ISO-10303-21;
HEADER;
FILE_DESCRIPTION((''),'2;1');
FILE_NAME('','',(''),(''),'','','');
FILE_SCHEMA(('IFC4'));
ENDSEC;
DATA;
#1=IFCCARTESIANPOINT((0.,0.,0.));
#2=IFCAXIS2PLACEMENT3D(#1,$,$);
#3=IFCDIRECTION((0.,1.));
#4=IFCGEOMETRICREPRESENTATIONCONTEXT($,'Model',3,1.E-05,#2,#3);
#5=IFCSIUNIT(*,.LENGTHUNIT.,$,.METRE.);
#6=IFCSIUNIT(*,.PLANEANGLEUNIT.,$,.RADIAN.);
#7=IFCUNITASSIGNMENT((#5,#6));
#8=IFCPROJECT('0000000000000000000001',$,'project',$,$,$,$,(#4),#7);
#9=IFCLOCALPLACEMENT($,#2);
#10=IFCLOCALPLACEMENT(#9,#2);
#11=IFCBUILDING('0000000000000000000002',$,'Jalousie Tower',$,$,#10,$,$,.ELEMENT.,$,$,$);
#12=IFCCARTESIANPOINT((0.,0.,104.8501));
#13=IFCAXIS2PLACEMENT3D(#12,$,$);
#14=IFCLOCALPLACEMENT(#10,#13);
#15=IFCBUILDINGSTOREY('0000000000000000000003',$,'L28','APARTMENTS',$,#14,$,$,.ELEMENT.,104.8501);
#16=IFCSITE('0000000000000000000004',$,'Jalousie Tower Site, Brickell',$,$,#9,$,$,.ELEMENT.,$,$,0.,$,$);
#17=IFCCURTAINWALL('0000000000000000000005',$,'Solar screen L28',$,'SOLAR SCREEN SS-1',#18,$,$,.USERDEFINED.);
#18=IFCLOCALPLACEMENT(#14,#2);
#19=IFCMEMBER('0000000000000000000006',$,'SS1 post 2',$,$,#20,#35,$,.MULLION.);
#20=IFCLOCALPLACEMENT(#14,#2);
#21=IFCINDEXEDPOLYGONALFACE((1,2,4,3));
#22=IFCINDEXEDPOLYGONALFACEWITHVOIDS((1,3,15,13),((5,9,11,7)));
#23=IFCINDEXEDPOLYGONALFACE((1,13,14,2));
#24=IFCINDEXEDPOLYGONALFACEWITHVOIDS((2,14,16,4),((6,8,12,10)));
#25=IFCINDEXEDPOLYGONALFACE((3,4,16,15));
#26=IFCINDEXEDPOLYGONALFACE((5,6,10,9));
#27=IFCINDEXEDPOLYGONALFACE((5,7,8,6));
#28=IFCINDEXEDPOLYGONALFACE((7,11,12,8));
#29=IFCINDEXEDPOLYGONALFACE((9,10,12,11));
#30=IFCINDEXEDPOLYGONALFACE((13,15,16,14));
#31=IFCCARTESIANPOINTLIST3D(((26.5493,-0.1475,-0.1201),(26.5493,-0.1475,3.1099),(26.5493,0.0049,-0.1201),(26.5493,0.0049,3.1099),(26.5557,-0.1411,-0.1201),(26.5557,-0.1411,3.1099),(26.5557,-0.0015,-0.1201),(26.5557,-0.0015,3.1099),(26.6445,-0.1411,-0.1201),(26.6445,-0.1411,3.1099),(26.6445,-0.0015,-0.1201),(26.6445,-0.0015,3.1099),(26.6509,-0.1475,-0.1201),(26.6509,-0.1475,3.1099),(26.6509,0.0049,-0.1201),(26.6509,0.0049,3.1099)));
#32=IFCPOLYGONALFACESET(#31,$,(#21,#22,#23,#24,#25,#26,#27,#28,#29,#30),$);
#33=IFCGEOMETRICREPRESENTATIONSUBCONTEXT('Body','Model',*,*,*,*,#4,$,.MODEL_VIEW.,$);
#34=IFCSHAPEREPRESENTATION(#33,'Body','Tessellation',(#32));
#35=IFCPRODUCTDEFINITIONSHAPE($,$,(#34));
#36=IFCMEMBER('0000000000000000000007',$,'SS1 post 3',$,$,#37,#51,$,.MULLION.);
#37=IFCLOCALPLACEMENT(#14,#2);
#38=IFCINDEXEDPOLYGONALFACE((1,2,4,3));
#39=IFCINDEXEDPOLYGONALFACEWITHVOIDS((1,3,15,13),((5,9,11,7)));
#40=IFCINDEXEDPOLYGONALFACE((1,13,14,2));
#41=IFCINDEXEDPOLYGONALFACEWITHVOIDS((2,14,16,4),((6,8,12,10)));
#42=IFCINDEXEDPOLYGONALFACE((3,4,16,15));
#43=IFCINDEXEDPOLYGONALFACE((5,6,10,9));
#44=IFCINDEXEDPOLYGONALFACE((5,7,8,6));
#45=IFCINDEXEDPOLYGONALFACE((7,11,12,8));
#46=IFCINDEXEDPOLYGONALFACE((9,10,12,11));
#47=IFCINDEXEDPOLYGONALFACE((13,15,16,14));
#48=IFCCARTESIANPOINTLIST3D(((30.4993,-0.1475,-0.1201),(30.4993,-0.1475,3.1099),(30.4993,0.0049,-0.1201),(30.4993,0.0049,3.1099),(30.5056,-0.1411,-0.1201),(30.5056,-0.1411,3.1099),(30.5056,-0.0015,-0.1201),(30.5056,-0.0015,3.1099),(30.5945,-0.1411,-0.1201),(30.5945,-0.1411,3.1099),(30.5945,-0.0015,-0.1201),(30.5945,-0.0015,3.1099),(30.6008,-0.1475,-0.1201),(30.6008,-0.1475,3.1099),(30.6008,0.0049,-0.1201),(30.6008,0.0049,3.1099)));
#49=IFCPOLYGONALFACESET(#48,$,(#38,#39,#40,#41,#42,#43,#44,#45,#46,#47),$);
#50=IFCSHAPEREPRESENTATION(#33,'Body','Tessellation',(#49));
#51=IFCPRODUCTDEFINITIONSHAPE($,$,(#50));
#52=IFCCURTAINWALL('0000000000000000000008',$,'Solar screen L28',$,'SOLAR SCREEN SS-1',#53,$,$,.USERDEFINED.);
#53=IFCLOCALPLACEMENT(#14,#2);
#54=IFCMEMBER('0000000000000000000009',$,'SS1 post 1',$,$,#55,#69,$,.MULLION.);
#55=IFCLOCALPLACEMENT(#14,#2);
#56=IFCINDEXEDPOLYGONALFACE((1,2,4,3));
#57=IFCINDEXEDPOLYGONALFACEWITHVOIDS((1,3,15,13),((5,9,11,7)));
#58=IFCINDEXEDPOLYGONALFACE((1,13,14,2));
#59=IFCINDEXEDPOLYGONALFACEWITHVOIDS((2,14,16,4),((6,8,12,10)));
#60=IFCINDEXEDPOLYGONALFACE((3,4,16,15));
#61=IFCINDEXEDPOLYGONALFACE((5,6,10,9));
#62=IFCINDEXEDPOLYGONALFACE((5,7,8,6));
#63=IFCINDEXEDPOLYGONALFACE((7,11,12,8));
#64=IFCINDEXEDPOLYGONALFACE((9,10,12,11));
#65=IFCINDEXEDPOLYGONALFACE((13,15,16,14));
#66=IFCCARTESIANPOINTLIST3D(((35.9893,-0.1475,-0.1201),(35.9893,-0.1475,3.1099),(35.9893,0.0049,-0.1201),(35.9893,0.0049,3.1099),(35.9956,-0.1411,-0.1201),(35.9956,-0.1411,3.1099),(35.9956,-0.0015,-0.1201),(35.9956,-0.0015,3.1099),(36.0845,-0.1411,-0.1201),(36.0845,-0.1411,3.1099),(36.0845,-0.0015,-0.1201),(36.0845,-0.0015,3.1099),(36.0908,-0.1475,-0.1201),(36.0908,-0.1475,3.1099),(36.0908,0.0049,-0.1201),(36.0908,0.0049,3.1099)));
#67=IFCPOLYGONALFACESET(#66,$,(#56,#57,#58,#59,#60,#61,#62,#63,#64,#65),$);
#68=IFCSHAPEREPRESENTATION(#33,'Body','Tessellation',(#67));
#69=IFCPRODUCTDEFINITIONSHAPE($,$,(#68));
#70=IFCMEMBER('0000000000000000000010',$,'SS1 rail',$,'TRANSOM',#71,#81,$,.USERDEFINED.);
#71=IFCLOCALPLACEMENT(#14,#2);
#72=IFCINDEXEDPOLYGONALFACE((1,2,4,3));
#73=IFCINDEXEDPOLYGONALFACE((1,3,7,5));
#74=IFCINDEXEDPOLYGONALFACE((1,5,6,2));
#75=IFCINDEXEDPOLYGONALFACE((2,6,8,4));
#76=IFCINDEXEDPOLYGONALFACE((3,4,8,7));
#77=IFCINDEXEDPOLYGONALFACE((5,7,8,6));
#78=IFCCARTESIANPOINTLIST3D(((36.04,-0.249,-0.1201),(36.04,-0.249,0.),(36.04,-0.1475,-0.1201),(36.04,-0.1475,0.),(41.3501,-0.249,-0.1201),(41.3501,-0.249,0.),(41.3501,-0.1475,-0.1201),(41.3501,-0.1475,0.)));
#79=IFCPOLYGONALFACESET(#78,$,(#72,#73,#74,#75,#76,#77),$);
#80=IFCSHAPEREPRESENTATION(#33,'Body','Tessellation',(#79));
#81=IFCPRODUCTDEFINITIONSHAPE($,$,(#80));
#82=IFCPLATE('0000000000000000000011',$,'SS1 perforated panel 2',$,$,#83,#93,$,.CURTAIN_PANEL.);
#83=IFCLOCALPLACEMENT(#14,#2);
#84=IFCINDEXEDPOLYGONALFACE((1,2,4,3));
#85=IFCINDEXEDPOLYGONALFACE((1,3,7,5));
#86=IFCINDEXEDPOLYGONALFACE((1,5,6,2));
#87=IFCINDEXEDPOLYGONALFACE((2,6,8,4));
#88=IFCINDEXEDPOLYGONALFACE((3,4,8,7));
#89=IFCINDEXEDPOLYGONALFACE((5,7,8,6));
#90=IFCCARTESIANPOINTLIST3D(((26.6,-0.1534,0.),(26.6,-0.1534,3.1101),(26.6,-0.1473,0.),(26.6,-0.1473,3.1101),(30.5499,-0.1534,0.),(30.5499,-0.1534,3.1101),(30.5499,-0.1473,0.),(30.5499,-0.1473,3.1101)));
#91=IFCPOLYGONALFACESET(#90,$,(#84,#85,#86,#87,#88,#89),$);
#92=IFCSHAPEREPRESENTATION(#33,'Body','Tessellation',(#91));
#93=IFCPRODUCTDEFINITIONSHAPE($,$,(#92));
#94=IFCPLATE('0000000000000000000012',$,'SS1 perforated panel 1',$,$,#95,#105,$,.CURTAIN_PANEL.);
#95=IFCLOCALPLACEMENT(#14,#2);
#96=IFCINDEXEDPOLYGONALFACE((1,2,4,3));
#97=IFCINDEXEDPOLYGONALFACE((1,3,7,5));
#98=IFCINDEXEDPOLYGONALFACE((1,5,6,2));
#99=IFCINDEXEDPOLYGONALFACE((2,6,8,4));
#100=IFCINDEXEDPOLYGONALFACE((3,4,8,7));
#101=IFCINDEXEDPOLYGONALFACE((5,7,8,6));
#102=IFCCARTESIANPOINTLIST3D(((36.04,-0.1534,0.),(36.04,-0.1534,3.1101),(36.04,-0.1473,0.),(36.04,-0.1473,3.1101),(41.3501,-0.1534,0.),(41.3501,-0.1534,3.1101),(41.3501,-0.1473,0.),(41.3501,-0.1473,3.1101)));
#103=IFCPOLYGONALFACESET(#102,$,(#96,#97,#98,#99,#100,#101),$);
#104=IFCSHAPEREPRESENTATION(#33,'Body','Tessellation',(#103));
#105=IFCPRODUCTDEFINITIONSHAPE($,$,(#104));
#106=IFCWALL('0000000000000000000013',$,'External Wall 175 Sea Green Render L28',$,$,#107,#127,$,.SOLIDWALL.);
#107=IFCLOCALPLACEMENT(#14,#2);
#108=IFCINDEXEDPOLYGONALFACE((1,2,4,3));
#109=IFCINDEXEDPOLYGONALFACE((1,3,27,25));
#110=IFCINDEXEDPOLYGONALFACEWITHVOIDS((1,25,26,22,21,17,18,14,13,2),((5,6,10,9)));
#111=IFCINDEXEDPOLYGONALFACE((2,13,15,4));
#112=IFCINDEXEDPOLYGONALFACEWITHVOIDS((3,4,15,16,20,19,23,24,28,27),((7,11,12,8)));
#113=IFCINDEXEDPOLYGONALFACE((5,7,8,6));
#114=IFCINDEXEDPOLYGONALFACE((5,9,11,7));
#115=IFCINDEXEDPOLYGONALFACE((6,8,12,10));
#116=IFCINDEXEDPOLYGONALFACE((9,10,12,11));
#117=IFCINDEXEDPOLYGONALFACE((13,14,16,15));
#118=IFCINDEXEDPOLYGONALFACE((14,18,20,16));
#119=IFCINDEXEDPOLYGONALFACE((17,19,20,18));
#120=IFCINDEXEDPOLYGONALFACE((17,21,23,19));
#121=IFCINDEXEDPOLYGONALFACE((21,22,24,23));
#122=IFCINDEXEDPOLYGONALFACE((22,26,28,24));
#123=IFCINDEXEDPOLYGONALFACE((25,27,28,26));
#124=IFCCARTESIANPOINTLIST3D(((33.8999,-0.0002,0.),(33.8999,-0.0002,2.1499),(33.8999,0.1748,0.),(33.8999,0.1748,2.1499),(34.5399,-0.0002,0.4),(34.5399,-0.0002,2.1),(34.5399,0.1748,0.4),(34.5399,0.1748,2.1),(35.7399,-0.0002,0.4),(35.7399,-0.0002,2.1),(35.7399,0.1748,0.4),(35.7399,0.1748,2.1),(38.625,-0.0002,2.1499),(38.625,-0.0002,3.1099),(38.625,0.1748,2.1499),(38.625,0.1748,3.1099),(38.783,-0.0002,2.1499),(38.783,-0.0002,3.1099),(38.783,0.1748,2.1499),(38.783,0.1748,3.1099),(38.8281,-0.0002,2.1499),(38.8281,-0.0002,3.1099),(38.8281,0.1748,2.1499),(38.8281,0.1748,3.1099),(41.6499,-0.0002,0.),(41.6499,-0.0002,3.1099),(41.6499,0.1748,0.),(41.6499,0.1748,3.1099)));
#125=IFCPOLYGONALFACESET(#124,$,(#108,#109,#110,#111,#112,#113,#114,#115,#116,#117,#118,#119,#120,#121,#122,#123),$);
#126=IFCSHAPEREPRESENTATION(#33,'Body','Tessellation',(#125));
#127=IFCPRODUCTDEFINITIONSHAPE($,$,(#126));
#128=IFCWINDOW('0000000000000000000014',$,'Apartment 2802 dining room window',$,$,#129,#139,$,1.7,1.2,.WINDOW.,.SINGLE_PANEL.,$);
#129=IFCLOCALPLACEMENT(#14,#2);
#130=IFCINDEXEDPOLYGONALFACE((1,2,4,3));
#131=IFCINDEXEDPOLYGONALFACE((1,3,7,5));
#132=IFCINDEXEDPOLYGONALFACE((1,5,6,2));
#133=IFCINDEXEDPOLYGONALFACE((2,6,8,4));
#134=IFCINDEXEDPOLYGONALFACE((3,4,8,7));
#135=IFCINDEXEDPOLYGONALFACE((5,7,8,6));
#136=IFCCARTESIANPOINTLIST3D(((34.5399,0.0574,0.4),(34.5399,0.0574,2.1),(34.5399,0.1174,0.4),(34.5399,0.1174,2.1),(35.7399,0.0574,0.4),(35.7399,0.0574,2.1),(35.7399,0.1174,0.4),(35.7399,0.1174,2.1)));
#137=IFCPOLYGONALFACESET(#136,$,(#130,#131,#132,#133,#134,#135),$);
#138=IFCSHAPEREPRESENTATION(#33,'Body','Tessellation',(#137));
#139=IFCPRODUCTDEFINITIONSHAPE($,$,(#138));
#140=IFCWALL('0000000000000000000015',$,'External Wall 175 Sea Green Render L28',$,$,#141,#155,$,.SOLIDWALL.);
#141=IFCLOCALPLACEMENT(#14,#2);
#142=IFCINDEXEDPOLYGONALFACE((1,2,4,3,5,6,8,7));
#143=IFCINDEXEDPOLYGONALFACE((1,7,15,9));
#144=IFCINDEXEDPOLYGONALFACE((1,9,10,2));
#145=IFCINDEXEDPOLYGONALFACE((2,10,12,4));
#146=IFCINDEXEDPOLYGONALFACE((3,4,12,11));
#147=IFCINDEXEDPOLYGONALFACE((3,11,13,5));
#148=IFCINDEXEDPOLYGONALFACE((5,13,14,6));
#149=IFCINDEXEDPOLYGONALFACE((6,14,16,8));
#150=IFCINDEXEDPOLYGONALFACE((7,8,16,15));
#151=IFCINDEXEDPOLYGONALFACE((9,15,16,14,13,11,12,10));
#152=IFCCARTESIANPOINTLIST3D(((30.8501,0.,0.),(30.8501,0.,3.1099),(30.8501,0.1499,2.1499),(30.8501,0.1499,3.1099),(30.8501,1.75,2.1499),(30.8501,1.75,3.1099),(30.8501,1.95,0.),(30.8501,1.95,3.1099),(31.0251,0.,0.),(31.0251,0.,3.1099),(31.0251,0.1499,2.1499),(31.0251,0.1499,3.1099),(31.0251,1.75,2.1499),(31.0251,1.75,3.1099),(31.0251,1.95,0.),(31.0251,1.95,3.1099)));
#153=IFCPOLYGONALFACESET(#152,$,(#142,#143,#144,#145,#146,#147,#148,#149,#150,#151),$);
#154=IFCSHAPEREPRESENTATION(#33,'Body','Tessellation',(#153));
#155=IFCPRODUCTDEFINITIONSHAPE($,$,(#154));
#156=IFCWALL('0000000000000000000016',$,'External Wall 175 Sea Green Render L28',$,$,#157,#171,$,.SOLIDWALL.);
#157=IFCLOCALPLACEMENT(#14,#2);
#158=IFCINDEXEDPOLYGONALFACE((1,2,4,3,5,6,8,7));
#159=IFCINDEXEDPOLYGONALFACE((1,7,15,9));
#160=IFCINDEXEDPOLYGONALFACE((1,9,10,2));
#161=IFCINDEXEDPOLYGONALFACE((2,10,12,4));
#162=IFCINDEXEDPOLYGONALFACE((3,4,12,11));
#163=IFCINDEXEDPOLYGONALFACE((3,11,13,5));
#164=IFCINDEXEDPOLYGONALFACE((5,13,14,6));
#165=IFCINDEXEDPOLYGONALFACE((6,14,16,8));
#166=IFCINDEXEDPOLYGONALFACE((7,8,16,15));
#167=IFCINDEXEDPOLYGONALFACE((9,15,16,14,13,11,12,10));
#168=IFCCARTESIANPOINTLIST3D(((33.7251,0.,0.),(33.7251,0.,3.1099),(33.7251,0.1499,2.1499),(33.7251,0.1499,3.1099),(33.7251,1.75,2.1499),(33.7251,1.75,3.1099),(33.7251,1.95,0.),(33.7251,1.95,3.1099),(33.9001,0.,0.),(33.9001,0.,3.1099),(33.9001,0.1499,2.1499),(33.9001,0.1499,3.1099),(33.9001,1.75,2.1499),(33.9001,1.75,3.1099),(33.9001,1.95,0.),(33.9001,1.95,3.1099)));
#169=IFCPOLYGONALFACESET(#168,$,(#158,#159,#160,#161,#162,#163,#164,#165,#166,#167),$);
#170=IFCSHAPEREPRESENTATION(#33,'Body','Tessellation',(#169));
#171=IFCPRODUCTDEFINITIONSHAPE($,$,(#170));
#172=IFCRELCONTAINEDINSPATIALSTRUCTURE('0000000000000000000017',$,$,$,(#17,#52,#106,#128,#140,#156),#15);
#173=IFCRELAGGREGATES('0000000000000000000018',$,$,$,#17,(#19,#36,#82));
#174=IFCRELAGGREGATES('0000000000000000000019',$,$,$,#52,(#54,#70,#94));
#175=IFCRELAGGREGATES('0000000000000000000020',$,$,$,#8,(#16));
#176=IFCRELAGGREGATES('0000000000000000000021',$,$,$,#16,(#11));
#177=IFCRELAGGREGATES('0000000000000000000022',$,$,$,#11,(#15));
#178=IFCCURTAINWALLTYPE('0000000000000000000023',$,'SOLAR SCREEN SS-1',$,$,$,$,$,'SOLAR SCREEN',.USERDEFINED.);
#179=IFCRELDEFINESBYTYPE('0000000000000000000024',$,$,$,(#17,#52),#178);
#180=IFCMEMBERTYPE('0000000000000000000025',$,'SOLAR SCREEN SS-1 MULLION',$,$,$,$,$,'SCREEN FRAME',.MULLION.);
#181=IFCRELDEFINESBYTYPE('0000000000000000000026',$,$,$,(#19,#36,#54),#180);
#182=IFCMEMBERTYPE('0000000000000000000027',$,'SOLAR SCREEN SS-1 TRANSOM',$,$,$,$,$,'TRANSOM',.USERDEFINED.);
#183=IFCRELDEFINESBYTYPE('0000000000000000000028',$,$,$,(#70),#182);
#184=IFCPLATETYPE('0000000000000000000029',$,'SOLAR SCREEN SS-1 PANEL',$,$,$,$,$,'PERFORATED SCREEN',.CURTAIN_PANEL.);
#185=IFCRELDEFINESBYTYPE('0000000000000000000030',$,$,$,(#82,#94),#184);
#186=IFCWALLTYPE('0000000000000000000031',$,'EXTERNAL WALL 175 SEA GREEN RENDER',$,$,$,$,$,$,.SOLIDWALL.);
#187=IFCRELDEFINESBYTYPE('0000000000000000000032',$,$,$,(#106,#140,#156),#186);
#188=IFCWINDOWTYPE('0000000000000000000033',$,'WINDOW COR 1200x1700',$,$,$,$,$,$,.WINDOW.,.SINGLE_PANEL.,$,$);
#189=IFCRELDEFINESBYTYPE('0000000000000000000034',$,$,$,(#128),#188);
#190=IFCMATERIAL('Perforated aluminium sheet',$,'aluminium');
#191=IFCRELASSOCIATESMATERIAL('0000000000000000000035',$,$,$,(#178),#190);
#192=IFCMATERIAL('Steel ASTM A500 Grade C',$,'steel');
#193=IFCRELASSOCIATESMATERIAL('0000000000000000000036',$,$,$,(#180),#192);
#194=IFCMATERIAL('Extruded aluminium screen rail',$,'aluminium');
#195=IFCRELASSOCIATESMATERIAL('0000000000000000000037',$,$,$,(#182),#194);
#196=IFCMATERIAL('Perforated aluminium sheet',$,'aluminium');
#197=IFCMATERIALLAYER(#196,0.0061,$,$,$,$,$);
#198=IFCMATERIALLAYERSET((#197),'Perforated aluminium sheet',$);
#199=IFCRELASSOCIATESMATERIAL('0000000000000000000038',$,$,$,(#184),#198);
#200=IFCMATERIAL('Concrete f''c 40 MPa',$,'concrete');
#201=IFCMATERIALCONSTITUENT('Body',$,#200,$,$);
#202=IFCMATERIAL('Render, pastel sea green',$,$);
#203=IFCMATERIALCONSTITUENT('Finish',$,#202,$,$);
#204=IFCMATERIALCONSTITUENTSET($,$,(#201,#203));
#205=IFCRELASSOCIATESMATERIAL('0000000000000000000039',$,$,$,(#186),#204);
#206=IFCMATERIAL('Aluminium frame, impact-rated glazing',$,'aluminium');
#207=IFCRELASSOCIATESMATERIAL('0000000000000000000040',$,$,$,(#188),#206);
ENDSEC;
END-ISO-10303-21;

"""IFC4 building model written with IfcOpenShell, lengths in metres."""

from ifc_helpers import new_model, si_unit, direction, frame, frame_2d, origin, origin_2d, place, context, subcontext, project, spatial, polyline, rectangle, hollow_rectangle, outline, extrude, material, layer, layer_set, constituent, constituent_set, material_profile, profile_set, type_object, element, fill, aggregate, save


model = new_model("IFC4")

# Units and contexts
model_context = context("Model", 3, precision=1e-05, world=origin(), true_north=direction((0.0, 1.0)))
body_context = subcontext(model_context, "Body", "Model", "MODEL_VIEW")
ifc_project = project(units=[si_unit("LENGTHUNIT", "METRE"), si_unit("PLANEANGLEUNIT", "RADIAN")], contexts=[model_context])

# Site, building, storey
site_placement = place(None, origin())
site = spatial("IfcSite", under=ifc_project, at=site_placement, Name="Jalousie Tower Site, Brickell", CompositionType="ELEMENT", RefElevation=0.0)
building_placement = place(site_placement, origin())
building = spatial("IfcBuilding", under=site, at=building_placement, Name="Jalousie Tower", CompositionType="ELEMENT")
storey_placement = place(building_placement, frame((0.0, 0.0, 104.8501)))
storey = spatial("IfcBuildingStorey", under=building, at=storey_placement, Name="L28", Description="APARTMENTS", CompositionType="ELEMENT", Elevation=104.8501)

# Curtain walls, members
ifc_material_1 = material(Name="Perforated aluminium sheet", Category="aluminium")
curtain_wall_type = type_object("IfcCurtainWallType", Name="SOLAR SCREEN SS-1", ElementType="SOLAR SCREEN", PredefinedType="USERDEFINED", material=ifc_material_1)
curtain_wall_1_placement = place(storey_placement, origin())
curtain_wall_1 = element("IfcCurtainWall", 1, at=curtain_wall_1_placement, inside=storey, type_object=curtain_wall_type, Name="Solar screen L28", ObjectType="SOLAR SCREEN SS-1", PredefinedType="USERDEFINED")
ifc_material_2 = material(Name="Steel ASTM A500 Grade C", Category="steel")
ifc_material_profile_1 = material_profile(ifc_material_2, hollow_rectangle(XDim=0.1016, YDim=0.1523, WallThickness=0.0063, at=origin_2d()), Name="HSS6X4X1/4")
ifc_profile_set_1 = profile_set([ifc_material_profile_1], Name="Steel ASTM A500 Grade C")
member_type_1 = type_object("IfcMemberType", Name="SOLAR SCREEN SS-1 MULLION", ElementType="SCREEN FRAME", PredefinedType="MULLION", material=ifc_profile_set_1)
member_1_placement = place(storey_placement, frame((26.6001, -0.0713, -0.1201), z_axis=(0.0, 0.0, 1.0), x_axis=(1.0, 0.0, 0.0)))
member_1 = element("IfcMember", 2, at=member_1_placement, type_object=member_type_1, Name="SS1 post 2", PredefinedType="MULLION", context=body_context, shape_type="SweptSolid", body=[
    extrude(hollow_rectangle(XDim=0.1016, YDim=0.1523, WallThickness=0.0063, at=origin_2d()), origin(), (0.0, 0.0, 1.0), 3.23),
])
member_2_placement = place(storey_placement, frame((30.55, -0.0713, -0.1201), z_axis=(0.0, 0.0, 1.0), x_axis=(1.0, 0.0, 0.0)))
member_2 = element("IfcMember", 3, at=member_2_placement, type_object=member_type_1, Name="SS1 post 3", PredefinedType="MULLION", context=body_context, shape_type="SweptSolid", body=[
    extrude(hollow_rectangle(XDim=0.1016, YDim=0.1523, WallThickness=0.0063, at=origin_2d()), origin(), (0.0, 0.0, 1.0), 3.23),
])
curtain_wall_2_placement = place(storey_placement, origin())
curtain_wall_2 = element("IfcCurtainWall", 4, at=curtain_wall_2_placement, inside=storey, type_object=curtain_wall_type, Name="Solar screen L28", ObjectType="SOLAR SCREEN SS-1", PredefinedType="USERDEFINED")
member_3_placement = place(storey_placement, frame((36.04, -0.0713, -0.1201), z_axis=(0.0, 0.0, 1.0), x_axis=(1.0, 0.0, 0.0)))
member_3 = element("IfcMember", 5, at=member_3_placement, type_object=member_type_1, Name="SS1 post 1", PredefinedType="MULLION", context=body_context, shape_type="SweptSolid", body=[
    extrude(hollow_rectangle(XDim=0.1016, YDim=0.1523, WallThickness=0.0063, at=origin_2d()), origin(), (0.0, 0.0, 1.0), 3.23),
])
ifc_material_3 = material(Name="Extruded aluminium screen rail", Category="aluminium")
ifc_material_profile_2 = material_profile(ifc_material_3, rectangle(XDim=0.1016, YDim=0.1201, at=origin_2d()), Name="RAIL 102x120")
ifc_profile_set_2 = profile_set([ifc_material_profile_2], Name="Extruded aluminium screen rail")
member_type_2 = type_object("IfcMemberType", Name="SOLAR SCREEN SS-1 TRANSOM", ElementType="TRANSOM", PredefinedType="USERDEFINED", material=ifc_profile_set_2)
member_4_placement = place(storey_placement, frame((36.04, -0.1982, -0.0601), z_axis=(1.0, 0.0, 0.0), x_axis=(0.0, 1.0, 0.0)))
member_4 = element("IfcMember", 6, at=member_4_placement, type_object=member_type_2, Name="SS1 rail", ObjectType="TRANSOM", PredefinedType="USERDEFINED", context=body_context, shape_type="SweptSolid", body=[
    extrude(rectangle(XDim=0.1016, YDim=0.1201, at=origin_2d()), origin(), (0.0, 0.0, 1.0), 5.3101),
])

# Plates
ifc_material_4 = material(Name="Perforated aluminium sheet", Category="aluminium")
ifc_layer_1 = layer(ifc_material_4, 0.0061)
ifc_layer_set_1 = layer_set([ifc_layer_1], Name="Perforated aluminium sheet")
plate_type = type_object("IfcPlateType", Name="SOLAR SCREEN SS-1 PANEL", ElementType="PERFORATED SCREEN", PredefinedType="CURTAIN_PANEL", material=ifc_layer_set_1)
plate_1_placement = place(storey_placement, frame((28.575, -0.1504, 0.0), z_axis=(0.0, 0.0, 1.0), x_axis=(1.0, 0.0, 0.0)))
plate_1 = element("IfcPlate", 7, at=plate_1_placement, type_object=plate_type, Name="SS1 perforated panel 2", PredefinedType="CURTAIN_PANEL", context=body_context, shape_type="SweptSolid", body=[
    extrude(rectangle(XDim=3.95, YDim=0.0061, at=origin_2d()), origin(), (0.0, 0.0, 1.0), 3.1101),
])
aggregate(curtain_wall_1, [member_1, member_2, plate_1])
plate_2_placement = place(storey_placement, frame((38.6951, -0.1504, 0.0), z_axis=(0.0, 0.0, 1.0), x_axis=(1.0, 0.0, 0.0)))
plate_2 = element("IfcPlate", 8, at=plate_2_placement, type_object=plate_type, Name="SS1 perforated panel 1", PredefinedType="CURTAIN_PANEL", context=body_context, shape_type="SweptSolid", body=[
    extrude(rectangle(XDim=5.3101, YDim=0.0061, at=origin_2d()), origin(), (0.0, 0.0, 1.0), 3.1101),
])
aggregate(curtain_wall_2, [member_3, member_4, plate_2])

# Wall, opening, window
ifc_material_5 = material(Name="Concrete f'c 40 MPa", Category="concrete")
ifc_constituent_1 = constituent(ifc_material_5, Name="Body")
ifc_material_6 = material(Name="Render, pastel sea green")
ifc_constituent_2 = constituent(ifc_material_6, Name="Finish")
ifc_constituent_set_1 = constituent_set(constituents=[ifc_constituent_1, ifc_constituent_2])
wall_type_1 = type_object("IfcWallType", Name="EXTERNAL WALL 175 SEA GREEN RENDER", PredefinedType="SOLIDWALL", material=ifc_constituent_set_1)
wall_1_placement = place(storey_placement, frame((33.8999, 0.0874, 0.0), z_axis=(0.0, 0.0, 1.0), x_axis=(1.0, 0.0, 0.0)))
wall_1 = element("IfcWall", 9, at=wall_1_placement, inside=storey, type_object=wall_type_1, Name="External Wall 175 Sea Green Render L28", PredefinedType="SOLIDWALL", context=body_context, shape_type="SweptSolid", body=[
    extrude(outline(polyline([(0.0, 0.0), (7.75, 0.0), (7.75, 3.1099), (4.9282, 3.1099), (4.9282, 2.1499), (4.8831, 2.1499), (4.8831, 3.1099), (4.7251, 3.1099), (4.7251, 2.1499), (0.0, 2.1499), (0.0, 0.0)])), frame((0.0, 0.0874, 0.0), z_axis=(0.0, -1.0, 0.0), x_axis=(1.0, 0.0, 0.0)), (0.0, 0.0, 1.0), 0.175),
])
opening_1_placement = place(wall_1_placement, frame((0.6399, 0.0, 0.3999)))
opening_1 = element("IfcOpeningElement", 10, at=opening_1_placement, cuts=wall_1, PredefinedType="OPENING", context=body_context, shape_type="SweptSolid", body=[
    extrude(rectangle(XDim=1.2, YDim=1.7, at=frame_2d((0.6001, 0.8501))), frame((0.0, 0.0974, 0.0), z_axis=(0.0, -1.0, 0.0), x_axis=(1.0, 0.0, 0.0)), (0.0, 0.0, 1.0), 0.1951),
])
ifc_material_7 = material(Name="Aluminium frame, impact-rated glazing", Category="aluminium")
window_type = type_object("IfcWindowType", Name="WINDOW COR 1200x1700", PartitioningType="SINGLE_PANEL", PredefinedType="WINDOW", material=ifc_material_7)
window_placement = place(opening_1_placement, origin())
window = element("IfcWindow", 11, at=window_placement, inside=storey, type_object=window_type, Name="Apartment 2802 dining room window", OverallHeight=1.7, OverallWidth=1.2, PartitioningType="SINGLE_PANEL", PredefinedType="WINDOW", context=body_context, shape_type="SweptSolid", body=[
    extrude(rectangle(XDim=1.2, YDim=1.7, at=frame_2d((0.6001, 0.8501))), frame((0.0, 0.03, 0.0), z_axis=(0.0, -1.0, 0.0), x_axis=(1.0, 0.0, 0.0)), (0.0, 0.0, 1.0), 0.0601),
])
fill(opening_1, window)

# Walls
for number, where, z_axis, x_axis, name in (
    (12, (30.9375, 0.0, 0.0), (0.0, 0.0, 1.0), (0.0, 1.0, 0.0), "External Wall 175 Sea Green Render L28"),
    (13, (33.8125, 0.0, 0.0), (0.0, 0.0, 1.0), (0.0, 1.0, 0.0), "External Wall 175 Sea Green Render L28"),
):
    element("IfcWall", number, at=place(storey_placement, frame(where, z_axis=z_axis, x_axis=x_axis)), inside=storey, type_object=wall_type_1, Name=name, PredefinedType="SOLIDWALL", context=body_context, shape_type="SweptSolid", body=[
        extrude(outline(polyline([(0.0, 0.0), (1.95, 0.0), (1.95, 3.1099), (1.75, 3.1099), (1.75, 2.1499), (0.1499, 2.1499), (0.1499, 3.1099), (0.0, 3.1099), (0.0, 0.0)])), frame((0.0, 0.0874, 0.0), z_axis=(0.0, -1.0, 0.0), x_axis=(1.0, 0.0, 0.0)), (0.0, 0.0, 1.0), 0.175),
    ])

save(model, "model.ifc")
